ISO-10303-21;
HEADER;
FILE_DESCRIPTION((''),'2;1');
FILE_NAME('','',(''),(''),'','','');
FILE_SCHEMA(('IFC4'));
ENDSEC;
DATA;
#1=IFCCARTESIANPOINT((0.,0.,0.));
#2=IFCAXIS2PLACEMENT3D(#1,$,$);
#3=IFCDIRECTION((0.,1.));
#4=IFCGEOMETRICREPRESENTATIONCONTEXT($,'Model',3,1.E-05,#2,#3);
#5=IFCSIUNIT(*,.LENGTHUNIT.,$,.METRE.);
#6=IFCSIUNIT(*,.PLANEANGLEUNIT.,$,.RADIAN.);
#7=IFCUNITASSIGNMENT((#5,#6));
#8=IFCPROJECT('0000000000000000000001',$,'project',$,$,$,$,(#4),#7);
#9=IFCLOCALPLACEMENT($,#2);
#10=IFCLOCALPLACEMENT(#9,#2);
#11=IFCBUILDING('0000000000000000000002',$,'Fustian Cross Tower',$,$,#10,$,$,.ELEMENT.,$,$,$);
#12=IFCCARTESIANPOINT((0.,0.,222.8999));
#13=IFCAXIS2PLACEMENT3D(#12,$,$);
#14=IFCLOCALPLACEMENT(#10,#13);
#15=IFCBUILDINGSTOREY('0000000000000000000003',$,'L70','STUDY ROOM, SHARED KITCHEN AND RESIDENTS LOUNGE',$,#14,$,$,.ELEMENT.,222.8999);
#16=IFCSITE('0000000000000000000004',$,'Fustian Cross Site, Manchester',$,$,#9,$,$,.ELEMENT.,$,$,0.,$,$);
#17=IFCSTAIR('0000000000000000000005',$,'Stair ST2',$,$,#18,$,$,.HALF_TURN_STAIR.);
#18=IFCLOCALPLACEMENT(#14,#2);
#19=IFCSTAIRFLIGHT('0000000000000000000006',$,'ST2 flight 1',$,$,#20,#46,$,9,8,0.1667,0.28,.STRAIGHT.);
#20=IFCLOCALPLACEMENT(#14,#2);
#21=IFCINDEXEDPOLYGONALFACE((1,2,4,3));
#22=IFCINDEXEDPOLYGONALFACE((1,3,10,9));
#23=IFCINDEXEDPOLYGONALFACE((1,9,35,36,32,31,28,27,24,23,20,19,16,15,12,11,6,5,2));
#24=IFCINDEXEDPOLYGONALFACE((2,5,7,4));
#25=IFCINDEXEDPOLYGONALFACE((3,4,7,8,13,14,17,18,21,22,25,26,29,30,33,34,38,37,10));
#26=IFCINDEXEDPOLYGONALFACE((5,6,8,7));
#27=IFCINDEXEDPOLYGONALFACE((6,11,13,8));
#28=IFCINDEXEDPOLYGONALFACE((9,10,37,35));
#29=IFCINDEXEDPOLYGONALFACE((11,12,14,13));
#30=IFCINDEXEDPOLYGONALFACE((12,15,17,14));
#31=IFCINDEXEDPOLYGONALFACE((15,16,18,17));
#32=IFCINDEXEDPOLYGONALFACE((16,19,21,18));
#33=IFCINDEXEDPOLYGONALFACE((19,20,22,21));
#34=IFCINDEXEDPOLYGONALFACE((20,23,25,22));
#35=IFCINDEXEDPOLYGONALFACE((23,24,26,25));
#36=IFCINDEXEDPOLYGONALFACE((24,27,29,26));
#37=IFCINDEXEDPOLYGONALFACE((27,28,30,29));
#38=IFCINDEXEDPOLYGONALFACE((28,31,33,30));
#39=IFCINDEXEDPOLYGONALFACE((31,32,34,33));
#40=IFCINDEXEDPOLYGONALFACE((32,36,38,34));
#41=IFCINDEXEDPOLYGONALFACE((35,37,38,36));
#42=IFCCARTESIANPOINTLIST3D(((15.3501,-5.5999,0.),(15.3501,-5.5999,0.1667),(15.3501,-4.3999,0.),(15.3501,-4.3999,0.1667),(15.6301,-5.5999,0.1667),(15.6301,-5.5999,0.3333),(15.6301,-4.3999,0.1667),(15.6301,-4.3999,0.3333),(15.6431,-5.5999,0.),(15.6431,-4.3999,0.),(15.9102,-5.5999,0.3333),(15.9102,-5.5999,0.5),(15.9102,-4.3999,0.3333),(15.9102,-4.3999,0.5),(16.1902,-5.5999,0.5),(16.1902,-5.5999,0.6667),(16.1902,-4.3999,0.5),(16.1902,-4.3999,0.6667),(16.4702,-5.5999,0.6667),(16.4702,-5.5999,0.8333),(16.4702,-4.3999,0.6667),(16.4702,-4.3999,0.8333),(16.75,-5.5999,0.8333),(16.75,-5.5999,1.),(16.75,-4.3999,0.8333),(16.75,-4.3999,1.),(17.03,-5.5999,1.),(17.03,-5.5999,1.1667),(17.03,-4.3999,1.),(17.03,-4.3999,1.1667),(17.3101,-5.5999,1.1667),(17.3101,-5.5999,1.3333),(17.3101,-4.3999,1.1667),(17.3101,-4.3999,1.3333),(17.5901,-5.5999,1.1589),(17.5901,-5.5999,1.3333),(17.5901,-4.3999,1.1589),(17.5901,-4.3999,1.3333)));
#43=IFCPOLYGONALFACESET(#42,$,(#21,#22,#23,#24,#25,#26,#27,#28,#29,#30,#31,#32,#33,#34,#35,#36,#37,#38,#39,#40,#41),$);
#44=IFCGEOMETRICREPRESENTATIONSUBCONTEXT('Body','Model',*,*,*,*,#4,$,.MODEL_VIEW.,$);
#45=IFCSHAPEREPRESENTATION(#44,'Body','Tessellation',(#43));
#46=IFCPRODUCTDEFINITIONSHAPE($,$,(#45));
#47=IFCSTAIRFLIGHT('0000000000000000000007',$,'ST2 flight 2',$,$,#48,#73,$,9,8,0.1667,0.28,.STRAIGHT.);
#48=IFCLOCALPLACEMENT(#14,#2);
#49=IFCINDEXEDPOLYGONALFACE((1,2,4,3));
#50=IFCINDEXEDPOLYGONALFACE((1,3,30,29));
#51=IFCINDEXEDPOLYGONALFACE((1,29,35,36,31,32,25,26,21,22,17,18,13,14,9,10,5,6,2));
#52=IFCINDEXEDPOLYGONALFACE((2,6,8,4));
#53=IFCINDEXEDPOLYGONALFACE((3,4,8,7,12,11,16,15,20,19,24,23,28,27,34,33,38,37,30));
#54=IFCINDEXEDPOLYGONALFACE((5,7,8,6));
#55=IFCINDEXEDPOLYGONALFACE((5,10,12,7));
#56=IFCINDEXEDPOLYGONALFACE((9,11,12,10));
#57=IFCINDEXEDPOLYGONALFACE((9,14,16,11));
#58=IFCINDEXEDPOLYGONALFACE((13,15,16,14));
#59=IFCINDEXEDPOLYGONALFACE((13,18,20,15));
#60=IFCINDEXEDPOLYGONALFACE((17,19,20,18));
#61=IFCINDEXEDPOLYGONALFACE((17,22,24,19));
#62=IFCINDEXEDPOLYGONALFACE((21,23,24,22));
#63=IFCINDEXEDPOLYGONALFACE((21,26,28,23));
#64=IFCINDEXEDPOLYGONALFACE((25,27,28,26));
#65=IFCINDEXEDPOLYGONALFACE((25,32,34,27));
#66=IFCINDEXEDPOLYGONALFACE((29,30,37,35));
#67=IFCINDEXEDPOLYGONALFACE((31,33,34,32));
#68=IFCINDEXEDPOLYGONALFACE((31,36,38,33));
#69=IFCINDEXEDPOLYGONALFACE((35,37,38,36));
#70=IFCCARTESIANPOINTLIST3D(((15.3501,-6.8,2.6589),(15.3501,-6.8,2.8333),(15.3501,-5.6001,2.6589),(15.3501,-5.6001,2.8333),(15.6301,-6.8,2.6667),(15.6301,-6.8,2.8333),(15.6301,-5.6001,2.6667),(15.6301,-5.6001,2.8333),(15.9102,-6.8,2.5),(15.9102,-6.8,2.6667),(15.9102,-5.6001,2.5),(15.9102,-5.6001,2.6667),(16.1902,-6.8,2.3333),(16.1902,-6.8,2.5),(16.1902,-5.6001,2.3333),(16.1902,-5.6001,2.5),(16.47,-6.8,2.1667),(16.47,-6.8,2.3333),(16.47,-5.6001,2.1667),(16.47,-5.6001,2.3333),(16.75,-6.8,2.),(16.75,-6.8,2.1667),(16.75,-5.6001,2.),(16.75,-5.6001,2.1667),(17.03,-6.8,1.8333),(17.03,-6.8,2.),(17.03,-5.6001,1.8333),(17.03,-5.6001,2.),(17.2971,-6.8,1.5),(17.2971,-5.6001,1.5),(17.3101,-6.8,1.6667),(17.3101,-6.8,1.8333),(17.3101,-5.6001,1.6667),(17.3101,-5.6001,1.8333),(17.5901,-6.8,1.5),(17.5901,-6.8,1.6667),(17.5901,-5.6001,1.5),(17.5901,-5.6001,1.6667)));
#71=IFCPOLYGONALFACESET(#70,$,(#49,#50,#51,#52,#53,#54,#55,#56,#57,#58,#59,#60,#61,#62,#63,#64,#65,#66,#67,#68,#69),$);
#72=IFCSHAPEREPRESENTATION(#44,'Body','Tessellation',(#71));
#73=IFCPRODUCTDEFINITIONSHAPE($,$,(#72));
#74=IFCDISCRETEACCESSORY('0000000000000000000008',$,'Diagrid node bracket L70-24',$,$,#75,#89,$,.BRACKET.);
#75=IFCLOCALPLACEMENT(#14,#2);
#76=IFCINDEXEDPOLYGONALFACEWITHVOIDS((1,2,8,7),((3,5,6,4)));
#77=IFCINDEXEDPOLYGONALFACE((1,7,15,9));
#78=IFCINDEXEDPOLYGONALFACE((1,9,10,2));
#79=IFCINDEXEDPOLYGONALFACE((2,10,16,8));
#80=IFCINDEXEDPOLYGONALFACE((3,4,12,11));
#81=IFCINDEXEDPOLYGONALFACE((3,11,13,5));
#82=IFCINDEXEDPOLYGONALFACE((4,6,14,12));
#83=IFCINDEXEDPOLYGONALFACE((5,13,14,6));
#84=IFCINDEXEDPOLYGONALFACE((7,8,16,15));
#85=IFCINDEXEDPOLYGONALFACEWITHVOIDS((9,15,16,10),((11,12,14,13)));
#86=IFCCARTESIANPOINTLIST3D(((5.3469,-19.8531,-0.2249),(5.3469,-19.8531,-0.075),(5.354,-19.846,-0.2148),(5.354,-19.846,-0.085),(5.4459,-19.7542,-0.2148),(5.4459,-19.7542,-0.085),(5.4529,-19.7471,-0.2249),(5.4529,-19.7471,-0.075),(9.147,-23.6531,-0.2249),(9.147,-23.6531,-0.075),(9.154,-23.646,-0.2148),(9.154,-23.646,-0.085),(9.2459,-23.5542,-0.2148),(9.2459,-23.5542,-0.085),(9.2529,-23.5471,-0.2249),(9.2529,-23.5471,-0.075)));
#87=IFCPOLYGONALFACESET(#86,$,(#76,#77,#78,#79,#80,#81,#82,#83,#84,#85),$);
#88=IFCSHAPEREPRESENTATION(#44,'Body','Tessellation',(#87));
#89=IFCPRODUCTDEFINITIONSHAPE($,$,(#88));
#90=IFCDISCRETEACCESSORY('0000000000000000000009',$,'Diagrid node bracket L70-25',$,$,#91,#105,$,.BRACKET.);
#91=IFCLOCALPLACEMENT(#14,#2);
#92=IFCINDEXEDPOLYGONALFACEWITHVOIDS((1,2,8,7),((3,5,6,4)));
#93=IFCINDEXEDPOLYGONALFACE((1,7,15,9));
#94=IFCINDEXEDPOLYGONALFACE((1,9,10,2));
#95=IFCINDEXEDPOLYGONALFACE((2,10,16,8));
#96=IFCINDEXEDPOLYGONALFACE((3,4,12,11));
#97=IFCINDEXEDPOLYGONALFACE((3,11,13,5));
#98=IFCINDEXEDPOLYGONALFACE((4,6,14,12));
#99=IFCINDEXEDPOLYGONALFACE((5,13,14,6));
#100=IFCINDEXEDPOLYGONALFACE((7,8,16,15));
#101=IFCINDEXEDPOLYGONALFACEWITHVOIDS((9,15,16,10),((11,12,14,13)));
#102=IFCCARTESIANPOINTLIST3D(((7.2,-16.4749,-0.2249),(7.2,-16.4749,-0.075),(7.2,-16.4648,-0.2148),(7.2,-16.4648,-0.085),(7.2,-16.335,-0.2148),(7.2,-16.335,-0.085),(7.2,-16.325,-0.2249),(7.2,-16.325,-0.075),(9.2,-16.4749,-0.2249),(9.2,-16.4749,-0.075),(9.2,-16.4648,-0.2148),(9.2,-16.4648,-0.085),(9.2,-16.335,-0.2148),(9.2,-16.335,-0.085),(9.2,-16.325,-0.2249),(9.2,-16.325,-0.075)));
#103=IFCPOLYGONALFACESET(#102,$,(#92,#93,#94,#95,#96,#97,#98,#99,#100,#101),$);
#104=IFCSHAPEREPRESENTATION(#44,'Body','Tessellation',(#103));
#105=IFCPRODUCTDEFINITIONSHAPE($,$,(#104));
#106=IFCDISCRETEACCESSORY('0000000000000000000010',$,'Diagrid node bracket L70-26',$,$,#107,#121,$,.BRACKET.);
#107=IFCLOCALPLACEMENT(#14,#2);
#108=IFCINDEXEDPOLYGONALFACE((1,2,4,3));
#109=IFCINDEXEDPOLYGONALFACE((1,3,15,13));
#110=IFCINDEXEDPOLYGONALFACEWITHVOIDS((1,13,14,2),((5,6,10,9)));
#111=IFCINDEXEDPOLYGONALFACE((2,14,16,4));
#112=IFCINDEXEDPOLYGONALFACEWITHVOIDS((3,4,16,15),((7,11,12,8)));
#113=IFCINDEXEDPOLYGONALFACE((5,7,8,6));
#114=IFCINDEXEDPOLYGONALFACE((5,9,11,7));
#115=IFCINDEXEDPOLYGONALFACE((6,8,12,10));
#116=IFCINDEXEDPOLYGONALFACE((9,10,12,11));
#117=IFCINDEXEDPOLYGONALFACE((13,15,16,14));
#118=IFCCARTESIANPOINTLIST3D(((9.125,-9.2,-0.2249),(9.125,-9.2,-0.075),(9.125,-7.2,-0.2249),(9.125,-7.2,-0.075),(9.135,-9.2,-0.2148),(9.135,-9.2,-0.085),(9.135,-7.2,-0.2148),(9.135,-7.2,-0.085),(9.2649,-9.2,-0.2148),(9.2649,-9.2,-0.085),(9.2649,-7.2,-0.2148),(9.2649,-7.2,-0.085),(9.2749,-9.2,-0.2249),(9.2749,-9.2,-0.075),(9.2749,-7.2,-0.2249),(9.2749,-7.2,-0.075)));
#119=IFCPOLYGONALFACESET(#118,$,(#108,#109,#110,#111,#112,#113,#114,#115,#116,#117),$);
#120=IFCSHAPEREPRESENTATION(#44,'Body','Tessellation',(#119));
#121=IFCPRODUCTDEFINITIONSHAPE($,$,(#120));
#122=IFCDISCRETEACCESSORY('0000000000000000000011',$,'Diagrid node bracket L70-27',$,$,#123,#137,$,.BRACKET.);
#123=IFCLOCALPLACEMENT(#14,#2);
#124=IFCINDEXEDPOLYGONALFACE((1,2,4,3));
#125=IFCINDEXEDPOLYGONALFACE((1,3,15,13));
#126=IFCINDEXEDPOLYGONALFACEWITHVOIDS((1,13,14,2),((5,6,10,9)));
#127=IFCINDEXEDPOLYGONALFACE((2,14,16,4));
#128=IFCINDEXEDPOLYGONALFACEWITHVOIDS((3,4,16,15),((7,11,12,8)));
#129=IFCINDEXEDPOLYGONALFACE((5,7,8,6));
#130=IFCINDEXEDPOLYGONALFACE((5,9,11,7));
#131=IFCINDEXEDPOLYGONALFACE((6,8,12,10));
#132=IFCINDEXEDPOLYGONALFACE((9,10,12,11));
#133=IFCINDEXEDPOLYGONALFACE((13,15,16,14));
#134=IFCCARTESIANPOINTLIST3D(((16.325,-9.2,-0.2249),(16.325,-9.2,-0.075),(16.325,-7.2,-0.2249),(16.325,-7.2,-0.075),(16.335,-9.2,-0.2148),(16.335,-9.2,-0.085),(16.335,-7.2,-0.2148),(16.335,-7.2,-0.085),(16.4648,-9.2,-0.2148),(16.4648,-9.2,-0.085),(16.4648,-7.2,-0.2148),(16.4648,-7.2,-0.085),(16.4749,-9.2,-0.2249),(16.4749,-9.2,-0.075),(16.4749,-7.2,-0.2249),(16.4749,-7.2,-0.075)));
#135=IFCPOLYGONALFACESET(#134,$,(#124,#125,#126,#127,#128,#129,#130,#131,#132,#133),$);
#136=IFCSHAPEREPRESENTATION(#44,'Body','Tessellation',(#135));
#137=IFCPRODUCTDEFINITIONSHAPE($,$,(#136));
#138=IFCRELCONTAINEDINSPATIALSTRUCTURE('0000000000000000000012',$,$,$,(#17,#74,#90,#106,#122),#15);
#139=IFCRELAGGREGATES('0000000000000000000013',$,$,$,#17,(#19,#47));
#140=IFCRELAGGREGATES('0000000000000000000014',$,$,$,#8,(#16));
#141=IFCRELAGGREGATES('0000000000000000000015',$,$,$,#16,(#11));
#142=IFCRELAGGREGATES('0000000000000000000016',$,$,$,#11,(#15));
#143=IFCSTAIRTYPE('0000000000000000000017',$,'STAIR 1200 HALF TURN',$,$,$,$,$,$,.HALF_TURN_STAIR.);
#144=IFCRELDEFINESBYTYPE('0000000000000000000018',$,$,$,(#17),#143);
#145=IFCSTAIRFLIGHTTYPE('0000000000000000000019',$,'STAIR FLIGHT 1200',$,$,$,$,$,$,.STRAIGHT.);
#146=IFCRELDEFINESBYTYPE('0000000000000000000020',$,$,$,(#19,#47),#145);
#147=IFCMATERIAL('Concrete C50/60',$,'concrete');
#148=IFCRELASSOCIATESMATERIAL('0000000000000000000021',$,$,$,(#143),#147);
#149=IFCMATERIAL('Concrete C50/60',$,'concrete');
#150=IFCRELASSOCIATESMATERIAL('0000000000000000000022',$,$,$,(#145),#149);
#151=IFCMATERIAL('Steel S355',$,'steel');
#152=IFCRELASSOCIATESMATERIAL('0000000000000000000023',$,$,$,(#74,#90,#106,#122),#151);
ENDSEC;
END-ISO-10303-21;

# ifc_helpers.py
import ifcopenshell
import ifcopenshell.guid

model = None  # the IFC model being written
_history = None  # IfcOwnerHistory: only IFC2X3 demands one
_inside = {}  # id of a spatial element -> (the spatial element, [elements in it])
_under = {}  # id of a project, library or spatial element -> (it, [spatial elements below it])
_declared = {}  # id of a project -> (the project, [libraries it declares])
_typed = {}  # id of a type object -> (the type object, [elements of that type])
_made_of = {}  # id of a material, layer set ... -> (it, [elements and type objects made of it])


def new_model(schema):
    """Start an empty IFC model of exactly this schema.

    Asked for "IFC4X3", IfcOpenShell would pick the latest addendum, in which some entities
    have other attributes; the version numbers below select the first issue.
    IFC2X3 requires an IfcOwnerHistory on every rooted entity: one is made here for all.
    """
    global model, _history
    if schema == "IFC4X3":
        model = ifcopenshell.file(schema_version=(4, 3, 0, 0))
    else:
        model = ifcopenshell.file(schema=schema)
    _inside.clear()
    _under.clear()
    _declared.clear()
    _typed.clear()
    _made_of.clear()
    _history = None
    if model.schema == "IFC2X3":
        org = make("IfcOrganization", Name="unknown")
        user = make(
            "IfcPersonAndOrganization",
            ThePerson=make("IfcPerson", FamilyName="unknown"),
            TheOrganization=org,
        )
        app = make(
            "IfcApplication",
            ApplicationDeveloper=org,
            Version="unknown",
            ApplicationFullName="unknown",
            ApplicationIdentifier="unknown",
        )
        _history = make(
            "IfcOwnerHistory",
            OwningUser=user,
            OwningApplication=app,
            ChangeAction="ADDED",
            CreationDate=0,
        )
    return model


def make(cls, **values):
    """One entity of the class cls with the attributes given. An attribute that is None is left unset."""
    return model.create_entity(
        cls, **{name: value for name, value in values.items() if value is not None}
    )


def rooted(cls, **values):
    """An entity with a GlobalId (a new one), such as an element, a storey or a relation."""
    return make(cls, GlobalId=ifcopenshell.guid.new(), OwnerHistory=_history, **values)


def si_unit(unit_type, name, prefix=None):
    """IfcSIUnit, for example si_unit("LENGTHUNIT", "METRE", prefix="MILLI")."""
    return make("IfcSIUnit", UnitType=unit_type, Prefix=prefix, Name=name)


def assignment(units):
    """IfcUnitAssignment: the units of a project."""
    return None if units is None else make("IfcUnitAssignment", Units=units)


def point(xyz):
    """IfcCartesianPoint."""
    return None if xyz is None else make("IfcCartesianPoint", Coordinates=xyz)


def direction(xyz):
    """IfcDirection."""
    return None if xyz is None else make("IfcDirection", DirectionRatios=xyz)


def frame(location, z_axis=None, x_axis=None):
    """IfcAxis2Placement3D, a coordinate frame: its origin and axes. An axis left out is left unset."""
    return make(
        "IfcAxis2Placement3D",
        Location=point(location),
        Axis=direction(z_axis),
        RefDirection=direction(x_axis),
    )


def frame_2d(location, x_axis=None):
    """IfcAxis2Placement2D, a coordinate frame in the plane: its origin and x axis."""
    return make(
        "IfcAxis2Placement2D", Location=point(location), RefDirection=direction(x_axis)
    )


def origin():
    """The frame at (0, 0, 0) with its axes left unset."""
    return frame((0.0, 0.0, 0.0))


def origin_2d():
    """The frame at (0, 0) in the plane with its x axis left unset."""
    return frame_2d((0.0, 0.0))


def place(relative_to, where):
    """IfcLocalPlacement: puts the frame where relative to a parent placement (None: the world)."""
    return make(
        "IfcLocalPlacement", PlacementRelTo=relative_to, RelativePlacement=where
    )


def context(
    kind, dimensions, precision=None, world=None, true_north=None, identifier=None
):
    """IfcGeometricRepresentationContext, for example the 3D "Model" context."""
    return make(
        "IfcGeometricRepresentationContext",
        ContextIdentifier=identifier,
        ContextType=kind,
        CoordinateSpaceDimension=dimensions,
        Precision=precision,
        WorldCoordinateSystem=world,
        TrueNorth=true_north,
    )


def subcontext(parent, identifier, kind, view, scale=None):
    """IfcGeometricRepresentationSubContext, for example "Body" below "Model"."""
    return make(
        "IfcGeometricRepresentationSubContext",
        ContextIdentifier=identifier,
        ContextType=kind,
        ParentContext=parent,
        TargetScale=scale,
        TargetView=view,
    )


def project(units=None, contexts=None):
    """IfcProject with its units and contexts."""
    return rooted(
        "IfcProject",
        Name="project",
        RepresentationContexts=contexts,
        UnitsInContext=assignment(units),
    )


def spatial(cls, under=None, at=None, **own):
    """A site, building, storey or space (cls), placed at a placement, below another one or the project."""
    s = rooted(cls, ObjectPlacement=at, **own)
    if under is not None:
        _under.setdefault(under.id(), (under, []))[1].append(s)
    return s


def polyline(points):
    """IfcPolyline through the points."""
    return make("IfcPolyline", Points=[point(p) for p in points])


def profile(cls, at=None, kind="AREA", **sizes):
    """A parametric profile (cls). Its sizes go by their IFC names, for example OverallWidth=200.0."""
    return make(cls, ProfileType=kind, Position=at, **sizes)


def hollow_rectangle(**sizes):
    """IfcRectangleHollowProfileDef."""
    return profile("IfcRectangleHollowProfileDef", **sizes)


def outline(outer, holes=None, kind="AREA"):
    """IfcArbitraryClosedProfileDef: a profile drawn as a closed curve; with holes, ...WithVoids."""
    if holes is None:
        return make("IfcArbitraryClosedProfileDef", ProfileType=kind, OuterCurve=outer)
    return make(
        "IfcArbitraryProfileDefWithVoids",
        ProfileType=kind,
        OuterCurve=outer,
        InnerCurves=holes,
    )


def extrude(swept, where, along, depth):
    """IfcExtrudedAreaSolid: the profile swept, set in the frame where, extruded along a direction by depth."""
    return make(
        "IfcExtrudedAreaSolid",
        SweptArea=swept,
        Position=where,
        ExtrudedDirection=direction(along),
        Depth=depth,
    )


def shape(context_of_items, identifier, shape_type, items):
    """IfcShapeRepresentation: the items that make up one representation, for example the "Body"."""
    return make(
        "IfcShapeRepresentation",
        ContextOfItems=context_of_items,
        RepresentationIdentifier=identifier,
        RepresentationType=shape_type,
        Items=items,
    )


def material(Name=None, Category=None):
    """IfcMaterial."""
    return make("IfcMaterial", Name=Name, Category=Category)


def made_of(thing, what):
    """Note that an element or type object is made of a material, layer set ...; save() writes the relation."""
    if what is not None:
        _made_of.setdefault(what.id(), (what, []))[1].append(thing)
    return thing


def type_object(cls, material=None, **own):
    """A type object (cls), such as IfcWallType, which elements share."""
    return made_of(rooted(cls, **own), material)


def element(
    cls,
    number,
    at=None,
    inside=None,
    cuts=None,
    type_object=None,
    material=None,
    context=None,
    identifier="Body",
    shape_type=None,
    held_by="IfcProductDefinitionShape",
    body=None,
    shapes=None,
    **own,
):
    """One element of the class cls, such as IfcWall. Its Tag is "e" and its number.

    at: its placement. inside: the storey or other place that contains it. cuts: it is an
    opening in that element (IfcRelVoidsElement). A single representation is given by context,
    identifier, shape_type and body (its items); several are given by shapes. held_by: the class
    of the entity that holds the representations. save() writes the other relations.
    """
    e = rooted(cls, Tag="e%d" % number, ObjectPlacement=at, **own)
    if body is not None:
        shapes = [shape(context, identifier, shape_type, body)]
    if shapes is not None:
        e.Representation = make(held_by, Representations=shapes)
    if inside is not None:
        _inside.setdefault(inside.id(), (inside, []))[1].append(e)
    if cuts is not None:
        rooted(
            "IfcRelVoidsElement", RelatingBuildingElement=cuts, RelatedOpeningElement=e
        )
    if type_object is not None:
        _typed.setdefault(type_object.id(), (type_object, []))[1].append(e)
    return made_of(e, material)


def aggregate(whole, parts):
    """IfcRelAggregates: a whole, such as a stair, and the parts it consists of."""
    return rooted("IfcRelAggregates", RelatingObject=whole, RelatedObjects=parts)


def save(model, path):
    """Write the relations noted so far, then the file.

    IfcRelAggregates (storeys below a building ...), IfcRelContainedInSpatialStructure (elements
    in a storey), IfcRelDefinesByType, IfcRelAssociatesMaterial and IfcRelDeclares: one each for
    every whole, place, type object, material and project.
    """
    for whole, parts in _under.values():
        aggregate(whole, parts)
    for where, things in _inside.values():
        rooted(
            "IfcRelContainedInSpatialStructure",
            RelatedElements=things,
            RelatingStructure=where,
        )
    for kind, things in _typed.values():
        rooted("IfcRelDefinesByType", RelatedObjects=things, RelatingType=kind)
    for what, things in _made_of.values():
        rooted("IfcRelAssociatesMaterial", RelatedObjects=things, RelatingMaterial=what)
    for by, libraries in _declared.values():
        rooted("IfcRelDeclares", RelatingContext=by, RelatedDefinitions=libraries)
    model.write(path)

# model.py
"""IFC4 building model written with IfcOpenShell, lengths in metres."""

from ifc_helpers import new_model, si_unit, direction, frame, origin, origin_2d, place, context, subcontext, project, spatial, polyline, hollow_rectangle, outline, extrude, material, type_object, element, aggregate, save


model = new_model("IFC4")

# Units and contexts
model_context = context("Model", 3, precision=1e-05, world=origin(), true_north=direction((0.0, 1.0)))
body_context = subcontext(model_context, "Body", "Model", "MODEL_VIEW")
ifc_project = project(units=[si_unit("LENGTHUNIT", "METRE"), si_unit("PLANEANGLEUNIT", "RADIAN")], contexts=[model_context])

# Site, building, storey
site_placement = place(None, origin())
site = spatial("IfcSite", under=ifc_project, at=site_placement, Name="Fustian Cross Site, Manchester", CompositionType="ELEMENT", RefElevation=0.0)
building_placement = place(site_placement, origin())
building = spatial("IfcBuilding", under=site, at=building_placement, Name="Fustian Cross Tower", CompositionType="ELEMENT")
storey_placement = place(building_placement, frame((0.0, 0.0, 222.8999)))
storey = spatial("IfcBuildingStorey", under=building, at=storey_placement, Name="L70", Description="STUDY ROOM, SHARED KITCHEN AND RESIDENTS LOUNGE", CompositionType="ELEMENT", Elevation=222.8999)

# Stair, stair flights
ifc_material_1 = material(Name="Concrete C50/60", Category="concrete")
stair_type = type_object("IfcStairType", Name="STAIR 1200 HALF TURN", PredefinedType="HALF_TURN_STAIR", material=ifc_material_1)
stair_placement = place(storey_placement, origin())
stair = element("IfcStair", 1, at=stair_placement, inside=storey, type_object=stair_type, Name="Stair ST2", PredefinedType="HALF_TURN_STAIR")
ifc_material_2 = material(Name="Concrete C50/60", Category="concrete")
stair_flight_type = type_object("IfcStairFlightType", Name="STAIR FLIGHT 1200", PredefinedType="STRAIGHT", material=ifc_material_2)
stair_flight_1_placement = place(storey_placement, frame((15.3501, -5.0, 0.0), z_axis=(0.0, 0.0, 1.0), x_axis=(1.0, 0.0, 0.0)))
stair_flight_1 = element("IfcStairFlight", 2, at=stair_flight_1_placement, type_object=stair_flight_type, Name="ST2 flight 1", NumberOfRisers=9, NumberOfTreads=8, PredefinedType="STRAIGHT", RiserHeight=0.1667, TreadLength=0.28, context=body_context, shape_type="SweptSolid", body=[
    extrude(outline(polyline([(0.0, 0.0), (0.0, 0.1667), (0.28, 0.1667), (0.28, 0.3333), (0.5601, 0.3333), (0.5601, 0.5), (0.8401, 0.5), (0.8401, 0.6667), (1.1201, 0.6667), (1.1201, 0.8333), (1.3999, 0.8333), (1.3999, 1.0), (1.6799, 1.0), (1.6799, 1.1667), (1.96, 1.1667), (1.96, 1.3333), (2.24, 1.3333), (2.24, 1.5), (2.24, 1.1589), (0.293, 0.0), (0.0, 0.0)])), frame((0.0, 0.6001, 0.0), z_axis=(0.0, -1.0, 0.0), x_axis=(1.0, 0.0, 0.0)), (0.0, 0.0, 1.0), 1.2),
])
stair_flight_2_placement = place(storey_placement, frame((17.5901, -6.2, 1.5), z_axis=(0.0, 0.0, 1.0), x_axis=(-1.0, 0.0, 0.0)))
stair_flight_2 = element("IfcStairFlight", 3, at=stair_flight_2_placement, type_object=stair_flight_type, Name="ST2 flight 2", NumberOfRisers=9, NumberOfTreads=8, PredefinedType="STRAIGHT", RiserHeight=0.1667, TreadLength=0.28, context=body_context, shape_type="SweptSolid", body=[
    extrude(outline(polyline([(0.0, 0.0), (0.0, 0.1667), (0.28, 0.1667), (0.28, 0.3333), (0.5601, 0.3333), (0.5601, 0.5), (0.8401, 0.5), (0.8401, 0.6667), (1.1201, 0.6667), (1.1201, 0.8333), (1.3999, 0.8333), (1.3999, 1.0), (1.6799, 1.0), (1.6799, 1.1667), (1.96, 1.1667), (1.96, 1.3333), (2.24, 1.3333), (2.24, 1.5), (2.24, 1.1589), (0.293, 0.0), (0.0, 0.0)])), frame((0.0, 0.6001, 0.0), z_axis=(0.0, -1.0, 0.0), x_axis=(1.0, 0.0, 0.0)), (0.0, 0.0, 1.0), 1.2),
])
aggregate(stair, [stair_flight_1, stair_flight_2])

# Discrete accessories
ifc_material_3 = material(Name="Steel S355", Category="steel")
discrete_accessory_placement = place(storey_placement, frame((9.2, -23.6001, -0.1499), z_axis=(-0.707107, 0.707107, 0.0), x_axis=(-0.707107, -0.707107, 0.0)))
element("IfcDiscreteAccessory", 4, at=discrete_accessory_placement, inside=storey, material=ifc_material_3, Name="Diagrid node bracket L70-24", PredefinedType="BRACKET", context=body_context, shape_type="SweptSolid", body=[
    extrude(hollow_rectangle(XDim=0.1499, YDim=0.1499, WallThickness=0.01, at=origin_2d()), origin(), (0.0, 0.0, 1.0), 5.374),
])
for number, where, z_axis, x_axis, name in (
    (5, (9.2, -16.3999, -0.1499), (-1.0, 0.0, 0.0), (0.0, -1.0, 0.0), "Diagrid node bracket L70-25"),
    (6, (9.2, -9.2, -0.1499), (0.0, 1.0, 0.0), (-1.0, 0.0, 0.0), "Diagrid node bracket L70-26"),
    (7, (16.3999, -9.2, -0.1499), (0.0, 1.0, 0.0), (-1.0, 0.0, 0.0), "Diagrid node bracket L70-27"),
):
    element("IfcDiscreteAccessory", number, at=place(storey_placement, frame(where, z_axis=z_axis, x_axis=x_axis)), inside=storey, material=ifc_material_3, Name=name, PredefinedType="BRACKET", context=body_context, shape_type="SweptSolid", body=[
        extrude(hollow_rectangle(XDim=0.1499, YDim=0.1499, WallThickness=0.01, at=origin_2d()), origin(), (0.0, 0.0, 1.0), 2.0),
    ])

save(model, "model.ifc")
